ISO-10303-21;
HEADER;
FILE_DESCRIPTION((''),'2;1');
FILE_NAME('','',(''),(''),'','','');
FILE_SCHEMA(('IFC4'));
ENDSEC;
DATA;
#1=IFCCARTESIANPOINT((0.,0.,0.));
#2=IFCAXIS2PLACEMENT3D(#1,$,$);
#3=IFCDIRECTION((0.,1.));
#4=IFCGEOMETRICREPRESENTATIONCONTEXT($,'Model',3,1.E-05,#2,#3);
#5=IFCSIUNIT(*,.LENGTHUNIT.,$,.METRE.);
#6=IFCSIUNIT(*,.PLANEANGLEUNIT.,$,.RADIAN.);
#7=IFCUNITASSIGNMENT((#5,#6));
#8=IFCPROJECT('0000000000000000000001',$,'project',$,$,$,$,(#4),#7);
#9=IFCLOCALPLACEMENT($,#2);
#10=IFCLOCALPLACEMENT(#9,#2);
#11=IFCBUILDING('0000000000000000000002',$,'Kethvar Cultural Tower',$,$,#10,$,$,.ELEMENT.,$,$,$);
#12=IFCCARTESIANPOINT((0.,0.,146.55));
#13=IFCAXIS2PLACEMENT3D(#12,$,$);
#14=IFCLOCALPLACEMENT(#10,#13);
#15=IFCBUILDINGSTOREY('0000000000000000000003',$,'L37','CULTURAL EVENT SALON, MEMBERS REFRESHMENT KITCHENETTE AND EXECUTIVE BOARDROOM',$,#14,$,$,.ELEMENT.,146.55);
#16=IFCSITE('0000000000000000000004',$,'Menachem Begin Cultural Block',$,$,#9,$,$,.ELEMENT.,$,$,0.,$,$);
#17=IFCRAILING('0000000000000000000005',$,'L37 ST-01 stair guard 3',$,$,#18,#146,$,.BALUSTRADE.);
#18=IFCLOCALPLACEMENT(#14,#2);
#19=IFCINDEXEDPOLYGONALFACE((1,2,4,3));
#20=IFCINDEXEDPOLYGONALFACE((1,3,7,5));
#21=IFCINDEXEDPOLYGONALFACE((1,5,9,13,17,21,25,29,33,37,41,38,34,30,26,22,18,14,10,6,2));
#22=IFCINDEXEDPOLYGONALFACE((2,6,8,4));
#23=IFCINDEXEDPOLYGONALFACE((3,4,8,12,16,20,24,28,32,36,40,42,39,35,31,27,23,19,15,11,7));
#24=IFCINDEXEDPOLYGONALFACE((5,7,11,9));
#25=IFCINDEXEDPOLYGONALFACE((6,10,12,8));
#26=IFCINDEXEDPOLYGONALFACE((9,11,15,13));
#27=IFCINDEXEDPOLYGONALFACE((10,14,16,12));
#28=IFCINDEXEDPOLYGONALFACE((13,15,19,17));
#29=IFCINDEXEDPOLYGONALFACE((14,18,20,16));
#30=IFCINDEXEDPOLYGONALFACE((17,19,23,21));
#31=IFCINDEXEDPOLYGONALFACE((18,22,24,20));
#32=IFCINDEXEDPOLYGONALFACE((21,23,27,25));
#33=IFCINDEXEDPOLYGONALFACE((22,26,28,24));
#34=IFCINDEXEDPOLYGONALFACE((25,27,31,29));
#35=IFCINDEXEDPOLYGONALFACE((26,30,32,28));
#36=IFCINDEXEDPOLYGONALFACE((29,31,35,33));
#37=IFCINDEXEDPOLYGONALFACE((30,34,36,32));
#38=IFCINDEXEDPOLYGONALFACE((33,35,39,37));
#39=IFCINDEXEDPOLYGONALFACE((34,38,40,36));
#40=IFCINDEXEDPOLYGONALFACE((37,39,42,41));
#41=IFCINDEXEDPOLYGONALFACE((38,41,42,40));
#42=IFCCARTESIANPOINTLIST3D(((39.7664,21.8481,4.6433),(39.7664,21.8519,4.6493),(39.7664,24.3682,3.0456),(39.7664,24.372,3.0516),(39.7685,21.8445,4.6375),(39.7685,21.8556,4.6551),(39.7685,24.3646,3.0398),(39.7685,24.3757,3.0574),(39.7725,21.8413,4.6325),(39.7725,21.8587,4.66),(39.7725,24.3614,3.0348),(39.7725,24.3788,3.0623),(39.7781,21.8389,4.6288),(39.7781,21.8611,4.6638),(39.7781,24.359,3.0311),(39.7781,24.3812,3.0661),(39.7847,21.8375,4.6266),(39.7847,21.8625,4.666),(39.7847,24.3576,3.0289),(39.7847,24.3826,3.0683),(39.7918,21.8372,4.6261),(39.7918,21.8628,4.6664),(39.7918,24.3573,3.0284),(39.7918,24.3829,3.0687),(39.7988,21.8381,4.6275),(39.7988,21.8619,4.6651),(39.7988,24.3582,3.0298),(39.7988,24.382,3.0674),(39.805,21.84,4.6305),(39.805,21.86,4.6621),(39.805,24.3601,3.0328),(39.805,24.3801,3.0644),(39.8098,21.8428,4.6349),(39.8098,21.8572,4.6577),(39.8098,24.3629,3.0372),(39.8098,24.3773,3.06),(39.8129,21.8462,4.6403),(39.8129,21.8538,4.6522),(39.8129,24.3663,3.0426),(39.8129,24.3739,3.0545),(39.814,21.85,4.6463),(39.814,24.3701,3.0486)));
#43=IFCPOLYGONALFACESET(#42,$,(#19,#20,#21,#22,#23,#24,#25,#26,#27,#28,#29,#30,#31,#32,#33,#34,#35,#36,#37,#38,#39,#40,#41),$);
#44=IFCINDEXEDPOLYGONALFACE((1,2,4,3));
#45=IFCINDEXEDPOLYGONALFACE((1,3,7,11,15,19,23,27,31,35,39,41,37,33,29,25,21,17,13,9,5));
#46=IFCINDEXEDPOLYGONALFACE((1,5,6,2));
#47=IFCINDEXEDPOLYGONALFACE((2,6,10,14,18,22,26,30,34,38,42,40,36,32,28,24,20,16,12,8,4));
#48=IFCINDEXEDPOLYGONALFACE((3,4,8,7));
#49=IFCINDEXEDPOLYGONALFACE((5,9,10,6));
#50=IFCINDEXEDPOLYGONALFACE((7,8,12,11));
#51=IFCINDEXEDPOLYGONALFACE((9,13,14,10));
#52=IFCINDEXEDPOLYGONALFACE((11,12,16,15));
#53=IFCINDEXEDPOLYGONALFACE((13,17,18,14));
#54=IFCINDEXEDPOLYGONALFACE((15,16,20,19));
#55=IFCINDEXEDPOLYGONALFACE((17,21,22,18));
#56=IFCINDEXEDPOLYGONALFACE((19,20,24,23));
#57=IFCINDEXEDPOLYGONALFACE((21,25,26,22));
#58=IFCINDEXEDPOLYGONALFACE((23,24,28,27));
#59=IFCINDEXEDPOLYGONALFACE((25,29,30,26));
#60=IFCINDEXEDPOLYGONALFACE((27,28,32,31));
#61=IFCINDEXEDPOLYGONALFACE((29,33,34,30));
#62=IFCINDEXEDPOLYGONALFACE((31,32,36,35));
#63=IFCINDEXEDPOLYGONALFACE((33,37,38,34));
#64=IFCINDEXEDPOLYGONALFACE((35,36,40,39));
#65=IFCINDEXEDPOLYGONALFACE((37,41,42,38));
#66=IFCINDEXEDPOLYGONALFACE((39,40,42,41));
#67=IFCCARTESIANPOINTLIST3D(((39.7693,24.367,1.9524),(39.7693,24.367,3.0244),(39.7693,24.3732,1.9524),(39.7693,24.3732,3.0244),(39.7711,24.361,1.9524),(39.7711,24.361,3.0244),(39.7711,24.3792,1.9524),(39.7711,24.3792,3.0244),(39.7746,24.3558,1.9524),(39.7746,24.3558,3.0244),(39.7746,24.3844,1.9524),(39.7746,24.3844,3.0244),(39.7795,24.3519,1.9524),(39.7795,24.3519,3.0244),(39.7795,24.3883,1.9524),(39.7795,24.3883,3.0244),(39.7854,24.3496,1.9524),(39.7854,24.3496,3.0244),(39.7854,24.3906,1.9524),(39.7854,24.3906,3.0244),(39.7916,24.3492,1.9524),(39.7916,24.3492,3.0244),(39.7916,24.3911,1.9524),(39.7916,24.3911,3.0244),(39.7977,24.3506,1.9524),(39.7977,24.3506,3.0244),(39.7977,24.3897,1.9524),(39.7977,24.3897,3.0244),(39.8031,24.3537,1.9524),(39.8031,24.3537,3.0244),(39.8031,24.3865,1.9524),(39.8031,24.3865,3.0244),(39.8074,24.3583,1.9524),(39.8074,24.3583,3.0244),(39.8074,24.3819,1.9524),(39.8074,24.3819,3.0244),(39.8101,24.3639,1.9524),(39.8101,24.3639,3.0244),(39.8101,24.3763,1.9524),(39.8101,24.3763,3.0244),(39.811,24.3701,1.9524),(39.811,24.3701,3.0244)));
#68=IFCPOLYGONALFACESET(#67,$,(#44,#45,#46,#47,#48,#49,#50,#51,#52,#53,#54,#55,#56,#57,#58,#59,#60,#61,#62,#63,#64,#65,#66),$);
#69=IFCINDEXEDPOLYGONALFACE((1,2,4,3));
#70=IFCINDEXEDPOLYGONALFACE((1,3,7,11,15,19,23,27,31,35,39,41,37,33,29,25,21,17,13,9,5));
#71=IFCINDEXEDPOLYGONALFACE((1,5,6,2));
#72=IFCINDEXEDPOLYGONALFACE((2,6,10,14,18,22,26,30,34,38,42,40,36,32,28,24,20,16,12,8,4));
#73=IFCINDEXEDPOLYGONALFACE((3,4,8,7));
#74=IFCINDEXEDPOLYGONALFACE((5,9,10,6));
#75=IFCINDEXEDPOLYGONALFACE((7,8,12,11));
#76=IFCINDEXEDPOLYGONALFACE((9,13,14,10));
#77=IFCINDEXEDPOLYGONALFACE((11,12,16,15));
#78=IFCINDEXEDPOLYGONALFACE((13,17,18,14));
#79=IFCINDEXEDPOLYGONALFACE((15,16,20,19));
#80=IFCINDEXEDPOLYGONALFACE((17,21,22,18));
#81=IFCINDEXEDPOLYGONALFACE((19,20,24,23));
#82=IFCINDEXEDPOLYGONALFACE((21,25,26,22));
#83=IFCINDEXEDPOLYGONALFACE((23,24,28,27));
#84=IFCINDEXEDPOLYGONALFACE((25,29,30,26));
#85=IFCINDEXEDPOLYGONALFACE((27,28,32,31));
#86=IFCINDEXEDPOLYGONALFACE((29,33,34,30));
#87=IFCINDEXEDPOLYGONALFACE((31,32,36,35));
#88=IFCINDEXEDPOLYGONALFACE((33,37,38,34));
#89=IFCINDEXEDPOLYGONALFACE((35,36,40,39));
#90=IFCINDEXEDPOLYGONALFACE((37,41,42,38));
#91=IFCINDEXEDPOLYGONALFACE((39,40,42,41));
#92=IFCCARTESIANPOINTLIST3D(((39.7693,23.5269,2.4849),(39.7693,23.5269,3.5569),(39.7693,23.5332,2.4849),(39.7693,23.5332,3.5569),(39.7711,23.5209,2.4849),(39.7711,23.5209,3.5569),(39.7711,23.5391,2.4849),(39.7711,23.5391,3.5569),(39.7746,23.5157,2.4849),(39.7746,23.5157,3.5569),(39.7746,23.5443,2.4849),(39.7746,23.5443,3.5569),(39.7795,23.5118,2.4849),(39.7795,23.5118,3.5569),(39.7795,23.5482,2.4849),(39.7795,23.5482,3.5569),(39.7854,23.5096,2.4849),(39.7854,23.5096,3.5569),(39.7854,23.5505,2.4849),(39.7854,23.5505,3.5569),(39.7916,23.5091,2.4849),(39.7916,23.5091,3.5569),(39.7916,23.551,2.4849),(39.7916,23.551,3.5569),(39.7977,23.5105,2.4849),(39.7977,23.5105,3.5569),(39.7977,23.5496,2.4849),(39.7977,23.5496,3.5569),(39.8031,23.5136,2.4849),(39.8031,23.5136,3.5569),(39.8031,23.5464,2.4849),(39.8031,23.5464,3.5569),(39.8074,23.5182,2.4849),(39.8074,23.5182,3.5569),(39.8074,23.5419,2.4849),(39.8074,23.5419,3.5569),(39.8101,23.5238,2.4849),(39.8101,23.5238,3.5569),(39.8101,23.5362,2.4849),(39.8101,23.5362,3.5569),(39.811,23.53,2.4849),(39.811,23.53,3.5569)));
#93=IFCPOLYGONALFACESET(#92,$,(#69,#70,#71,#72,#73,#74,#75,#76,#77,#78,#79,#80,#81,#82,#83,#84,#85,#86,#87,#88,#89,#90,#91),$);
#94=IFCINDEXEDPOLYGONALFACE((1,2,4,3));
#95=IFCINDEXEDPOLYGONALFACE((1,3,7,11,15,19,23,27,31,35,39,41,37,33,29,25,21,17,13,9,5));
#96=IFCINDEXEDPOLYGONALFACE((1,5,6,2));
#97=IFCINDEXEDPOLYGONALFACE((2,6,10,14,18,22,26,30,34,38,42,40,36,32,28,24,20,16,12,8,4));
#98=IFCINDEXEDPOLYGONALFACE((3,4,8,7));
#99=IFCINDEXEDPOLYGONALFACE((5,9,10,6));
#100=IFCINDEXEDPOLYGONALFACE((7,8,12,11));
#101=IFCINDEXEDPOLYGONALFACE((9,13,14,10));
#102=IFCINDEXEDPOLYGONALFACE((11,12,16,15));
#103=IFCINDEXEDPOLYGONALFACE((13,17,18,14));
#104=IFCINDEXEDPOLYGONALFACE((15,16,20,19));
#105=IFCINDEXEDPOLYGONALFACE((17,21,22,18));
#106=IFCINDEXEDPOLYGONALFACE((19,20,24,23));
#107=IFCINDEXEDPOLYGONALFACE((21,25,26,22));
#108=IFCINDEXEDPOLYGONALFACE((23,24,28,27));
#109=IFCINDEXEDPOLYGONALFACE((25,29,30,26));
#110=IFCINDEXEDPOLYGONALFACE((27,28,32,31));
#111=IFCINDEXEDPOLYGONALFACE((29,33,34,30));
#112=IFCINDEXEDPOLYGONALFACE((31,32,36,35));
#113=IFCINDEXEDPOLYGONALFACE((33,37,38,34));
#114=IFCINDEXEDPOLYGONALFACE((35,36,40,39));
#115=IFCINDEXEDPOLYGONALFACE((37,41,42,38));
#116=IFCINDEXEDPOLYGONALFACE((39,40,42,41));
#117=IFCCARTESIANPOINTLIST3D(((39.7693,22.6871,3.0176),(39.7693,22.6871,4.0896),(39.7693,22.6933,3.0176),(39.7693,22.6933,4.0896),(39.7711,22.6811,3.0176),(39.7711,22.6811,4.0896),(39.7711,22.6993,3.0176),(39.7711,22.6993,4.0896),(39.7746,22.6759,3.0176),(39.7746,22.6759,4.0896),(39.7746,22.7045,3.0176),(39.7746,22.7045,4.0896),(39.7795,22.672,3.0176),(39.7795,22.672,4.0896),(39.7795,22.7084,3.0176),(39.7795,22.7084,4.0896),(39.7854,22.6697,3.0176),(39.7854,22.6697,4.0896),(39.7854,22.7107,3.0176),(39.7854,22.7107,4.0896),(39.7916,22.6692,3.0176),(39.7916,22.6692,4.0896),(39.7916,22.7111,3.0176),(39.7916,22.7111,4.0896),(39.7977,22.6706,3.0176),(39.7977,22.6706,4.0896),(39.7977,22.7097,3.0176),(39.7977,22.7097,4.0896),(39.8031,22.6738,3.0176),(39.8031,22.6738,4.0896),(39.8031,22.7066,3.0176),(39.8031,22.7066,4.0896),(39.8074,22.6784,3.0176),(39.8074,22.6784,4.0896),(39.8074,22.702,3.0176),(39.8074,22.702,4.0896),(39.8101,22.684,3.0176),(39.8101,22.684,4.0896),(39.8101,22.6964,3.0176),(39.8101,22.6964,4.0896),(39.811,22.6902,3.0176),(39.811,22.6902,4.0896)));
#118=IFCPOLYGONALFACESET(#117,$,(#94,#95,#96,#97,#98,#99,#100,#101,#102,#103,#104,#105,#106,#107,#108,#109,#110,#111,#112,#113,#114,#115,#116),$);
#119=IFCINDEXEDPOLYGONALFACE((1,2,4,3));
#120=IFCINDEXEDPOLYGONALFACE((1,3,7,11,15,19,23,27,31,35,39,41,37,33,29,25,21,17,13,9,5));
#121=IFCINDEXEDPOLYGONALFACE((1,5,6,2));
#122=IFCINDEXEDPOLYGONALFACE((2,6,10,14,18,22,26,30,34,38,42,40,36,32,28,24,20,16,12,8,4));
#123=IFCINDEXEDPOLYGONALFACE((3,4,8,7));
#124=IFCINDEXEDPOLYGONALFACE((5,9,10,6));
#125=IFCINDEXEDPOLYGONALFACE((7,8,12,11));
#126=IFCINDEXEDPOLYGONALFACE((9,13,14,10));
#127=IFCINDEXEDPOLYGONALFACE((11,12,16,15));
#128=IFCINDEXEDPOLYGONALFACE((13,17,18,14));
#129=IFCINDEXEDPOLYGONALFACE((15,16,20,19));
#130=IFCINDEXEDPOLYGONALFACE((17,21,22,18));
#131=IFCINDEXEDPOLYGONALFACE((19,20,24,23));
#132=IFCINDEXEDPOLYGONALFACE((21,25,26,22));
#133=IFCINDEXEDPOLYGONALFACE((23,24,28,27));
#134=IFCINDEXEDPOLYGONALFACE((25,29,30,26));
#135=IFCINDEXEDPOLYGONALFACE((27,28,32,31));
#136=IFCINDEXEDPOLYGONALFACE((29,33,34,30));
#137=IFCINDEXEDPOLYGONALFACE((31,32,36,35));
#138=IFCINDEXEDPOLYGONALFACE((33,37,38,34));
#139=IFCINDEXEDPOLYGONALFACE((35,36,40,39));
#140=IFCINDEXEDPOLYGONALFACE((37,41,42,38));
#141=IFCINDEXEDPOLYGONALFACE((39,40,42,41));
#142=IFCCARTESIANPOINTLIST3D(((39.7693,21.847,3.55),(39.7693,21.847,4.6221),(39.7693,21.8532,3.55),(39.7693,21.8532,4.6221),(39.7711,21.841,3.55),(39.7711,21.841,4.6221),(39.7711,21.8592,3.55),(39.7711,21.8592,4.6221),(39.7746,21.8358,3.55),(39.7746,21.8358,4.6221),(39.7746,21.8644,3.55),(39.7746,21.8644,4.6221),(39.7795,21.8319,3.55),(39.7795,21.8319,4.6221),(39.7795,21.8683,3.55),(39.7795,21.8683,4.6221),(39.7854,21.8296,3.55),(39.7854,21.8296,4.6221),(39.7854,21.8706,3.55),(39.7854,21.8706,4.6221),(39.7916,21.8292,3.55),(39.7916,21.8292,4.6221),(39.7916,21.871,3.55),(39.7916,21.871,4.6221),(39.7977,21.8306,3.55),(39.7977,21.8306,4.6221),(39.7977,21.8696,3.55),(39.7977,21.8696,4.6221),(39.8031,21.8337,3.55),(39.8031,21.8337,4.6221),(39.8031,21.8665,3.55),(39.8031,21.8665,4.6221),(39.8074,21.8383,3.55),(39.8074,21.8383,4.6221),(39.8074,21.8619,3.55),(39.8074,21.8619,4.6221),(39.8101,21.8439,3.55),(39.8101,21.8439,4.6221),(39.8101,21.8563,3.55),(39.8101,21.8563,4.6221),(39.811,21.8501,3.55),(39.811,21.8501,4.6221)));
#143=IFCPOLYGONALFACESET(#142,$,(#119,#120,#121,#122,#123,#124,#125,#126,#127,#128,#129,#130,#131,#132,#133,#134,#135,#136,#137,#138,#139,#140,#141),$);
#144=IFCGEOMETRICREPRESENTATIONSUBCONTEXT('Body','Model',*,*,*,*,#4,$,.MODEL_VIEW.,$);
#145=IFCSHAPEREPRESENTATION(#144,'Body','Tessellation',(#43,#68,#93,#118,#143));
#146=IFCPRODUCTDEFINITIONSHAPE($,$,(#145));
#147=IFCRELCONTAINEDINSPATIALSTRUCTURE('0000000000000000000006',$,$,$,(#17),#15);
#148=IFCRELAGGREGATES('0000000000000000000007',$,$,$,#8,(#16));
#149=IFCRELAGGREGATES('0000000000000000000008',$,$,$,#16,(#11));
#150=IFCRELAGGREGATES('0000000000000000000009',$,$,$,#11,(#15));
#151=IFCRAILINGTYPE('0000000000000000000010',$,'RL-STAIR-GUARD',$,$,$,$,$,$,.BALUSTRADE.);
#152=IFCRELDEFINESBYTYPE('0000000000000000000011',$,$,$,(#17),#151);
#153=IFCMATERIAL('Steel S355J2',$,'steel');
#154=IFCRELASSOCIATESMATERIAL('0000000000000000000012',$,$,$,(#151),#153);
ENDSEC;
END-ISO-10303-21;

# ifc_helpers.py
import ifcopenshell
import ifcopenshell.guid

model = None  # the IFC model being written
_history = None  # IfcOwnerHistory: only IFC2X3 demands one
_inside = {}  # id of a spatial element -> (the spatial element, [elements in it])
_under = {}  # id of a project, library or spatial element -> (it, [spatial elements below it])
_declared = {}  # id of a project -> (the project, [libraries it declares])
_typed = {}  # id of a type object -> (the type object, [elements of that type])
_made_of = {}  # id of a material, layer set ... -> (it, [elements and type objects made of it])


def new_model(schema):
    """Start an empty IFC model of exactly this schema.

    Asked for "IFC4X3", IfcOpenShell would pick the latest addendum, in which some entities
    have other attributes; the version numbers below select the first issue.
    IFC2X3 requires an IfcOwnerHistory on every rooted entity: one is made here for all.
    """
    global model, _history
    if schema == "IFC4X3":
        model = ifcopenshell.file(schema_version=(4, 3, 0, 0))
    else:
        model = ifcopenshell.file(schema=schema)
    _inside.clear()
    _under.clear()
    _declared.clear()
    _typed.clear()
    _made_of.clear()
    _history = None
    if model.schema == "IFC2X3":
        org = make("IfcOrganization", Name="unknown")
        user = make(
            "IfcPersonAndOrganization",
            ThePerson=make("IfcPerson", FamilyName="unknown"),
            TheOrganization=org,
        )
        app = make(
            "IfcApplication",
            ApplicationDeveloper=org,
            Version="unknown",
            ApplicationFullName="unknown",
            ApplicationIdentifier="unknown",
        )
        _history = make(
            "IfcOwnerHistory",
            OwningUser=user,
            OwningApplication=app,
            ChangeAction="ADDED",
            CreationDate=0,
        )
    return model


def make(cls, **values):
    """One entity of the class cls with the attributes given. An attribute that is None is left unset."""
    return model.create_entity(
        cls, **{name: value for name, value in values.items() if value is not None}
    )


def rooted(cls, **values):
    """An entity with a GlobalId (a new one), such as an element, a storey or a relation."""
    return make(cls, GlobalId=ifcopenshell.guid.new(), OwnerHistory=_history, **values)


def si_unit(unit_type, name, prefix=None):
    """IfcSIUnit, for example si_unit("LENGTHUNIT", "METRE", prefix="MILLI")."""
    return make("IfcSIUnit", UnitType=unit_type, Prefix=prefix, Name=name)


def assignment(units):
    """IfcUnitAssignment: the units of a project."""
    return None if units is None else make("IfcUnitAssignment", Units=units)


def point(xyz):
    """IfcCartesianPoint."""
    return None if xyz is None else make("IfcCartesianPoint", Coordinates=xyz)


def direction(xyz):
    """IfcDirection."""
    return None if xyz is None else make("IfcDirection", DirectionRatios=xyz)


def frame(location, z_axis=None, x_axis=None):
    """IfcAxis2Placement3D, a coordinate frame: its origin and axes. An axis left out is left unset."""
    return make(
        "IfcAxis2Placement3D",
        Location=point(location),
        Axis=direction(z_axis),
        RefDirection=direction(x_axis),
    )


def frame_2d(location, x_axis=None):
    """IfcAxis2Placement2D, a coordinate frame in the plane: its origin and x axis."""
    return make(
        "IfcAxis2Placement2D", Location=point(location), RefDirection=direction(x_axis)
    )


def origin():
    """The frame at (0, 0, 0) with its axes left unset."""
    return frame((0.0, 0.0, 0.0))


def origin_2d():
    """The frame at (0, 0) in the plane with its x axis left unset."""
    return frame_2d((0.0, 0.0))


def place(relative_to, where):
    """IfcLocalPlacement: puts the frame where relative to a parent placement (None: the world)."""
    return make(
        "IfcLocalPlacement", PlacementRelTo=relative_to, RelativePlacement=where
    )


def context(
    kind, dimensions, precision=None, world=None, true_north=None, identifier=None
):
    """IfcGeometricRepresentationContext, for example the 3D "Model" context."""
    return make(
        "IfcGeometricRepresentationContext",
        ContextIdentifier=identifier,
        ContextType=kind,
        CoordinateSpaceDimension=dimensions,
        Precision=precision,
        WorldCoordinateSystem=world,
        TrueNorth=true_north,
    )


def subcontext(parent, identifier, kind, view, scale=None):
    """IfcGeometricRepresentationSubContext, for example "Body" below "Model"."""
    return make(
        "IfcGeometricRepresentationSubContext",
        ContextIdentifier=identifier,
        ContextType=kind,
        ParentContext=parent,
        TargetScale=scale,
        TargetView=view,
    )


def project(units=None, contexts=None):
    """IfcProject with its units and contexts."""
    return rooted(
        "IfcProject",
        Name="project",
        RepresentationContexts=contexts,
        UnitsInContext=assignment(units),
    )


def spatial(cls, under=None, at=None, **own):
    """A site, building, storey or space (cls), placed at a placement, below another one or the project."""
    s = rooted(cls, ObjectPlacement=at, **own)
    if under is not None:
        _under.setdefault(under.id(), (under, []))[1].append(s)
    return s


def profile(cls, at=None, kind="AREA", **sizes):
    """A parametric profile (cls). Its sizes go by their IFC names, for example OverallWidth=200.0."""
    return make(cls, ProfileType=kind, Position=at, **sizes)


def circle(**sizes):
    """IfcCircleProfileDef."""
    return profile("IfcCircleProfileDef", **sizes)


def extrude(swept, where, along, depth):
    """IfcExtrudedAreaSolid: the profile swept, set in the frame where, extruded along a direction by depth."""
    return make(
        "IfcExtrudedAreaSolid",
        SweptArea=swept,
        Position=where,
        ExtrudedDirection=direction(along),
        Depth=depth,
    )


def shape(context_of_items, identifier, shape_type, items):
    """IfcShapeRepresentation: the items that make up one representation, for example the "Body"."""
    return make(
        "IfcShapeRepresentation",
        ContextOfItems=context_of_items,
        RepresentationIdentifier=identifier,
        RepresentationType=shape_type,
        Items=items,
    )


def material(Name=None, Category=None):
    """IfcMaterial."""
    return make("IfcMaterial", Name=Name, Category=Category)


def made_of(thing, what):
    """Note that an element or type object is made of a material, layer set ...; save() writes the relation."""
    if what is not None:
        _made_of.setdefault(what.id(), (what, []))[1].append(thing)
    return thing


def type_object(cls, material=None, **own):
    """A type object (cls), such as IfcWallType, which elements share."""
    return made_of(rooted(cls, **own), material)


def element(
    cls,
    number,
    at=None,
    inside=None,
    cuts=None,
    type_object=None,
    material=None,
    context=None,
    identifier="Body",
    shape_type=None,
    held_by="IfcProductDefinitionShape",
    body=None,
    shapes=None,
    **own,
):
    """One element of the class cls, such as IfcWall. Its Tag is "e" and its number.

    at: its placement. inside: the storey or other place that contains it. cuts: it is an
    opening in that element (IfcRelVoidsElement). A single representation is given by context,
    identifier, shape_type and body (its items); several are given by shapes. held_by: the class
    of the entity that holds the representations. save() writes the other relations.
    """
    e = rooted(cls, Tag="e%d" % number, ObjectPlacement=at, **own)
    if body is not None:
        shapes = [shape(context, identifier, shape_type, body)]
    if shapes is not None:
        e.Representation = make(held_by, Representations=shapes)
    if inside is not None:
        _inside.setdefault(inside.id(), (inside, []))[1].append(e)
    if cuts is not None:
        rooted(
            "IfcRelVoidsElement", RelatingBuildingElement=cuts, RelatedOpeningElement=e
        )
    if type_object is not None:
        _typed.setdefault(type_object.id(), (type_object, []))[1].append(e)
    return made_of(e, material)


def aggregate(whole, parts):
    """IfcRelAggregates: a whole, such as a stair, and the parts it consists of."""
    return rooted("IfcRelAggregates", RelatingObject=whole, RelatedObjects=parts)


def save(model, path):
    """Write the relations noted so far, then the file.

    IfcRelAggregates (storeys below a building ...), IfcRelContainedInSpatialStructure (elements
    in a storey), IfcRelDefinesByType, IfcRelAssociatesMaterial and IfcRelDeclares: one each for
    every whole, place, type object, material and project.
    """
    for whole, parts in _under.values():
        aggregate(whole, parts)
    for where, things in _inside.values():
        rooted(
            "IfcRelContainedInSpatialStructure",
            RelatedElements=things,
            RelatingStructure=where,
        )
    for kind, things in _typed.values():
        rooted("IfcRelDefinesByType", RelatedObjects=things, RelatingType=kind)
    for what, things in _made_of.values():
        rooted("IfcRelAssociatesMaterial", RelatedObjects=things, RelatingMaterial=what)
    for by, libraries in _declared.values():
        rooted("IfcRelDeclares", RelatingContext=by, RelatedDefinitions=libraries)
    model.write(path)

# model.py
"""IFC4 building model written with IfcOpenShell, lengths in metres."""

from ifc_helpers import new_model, si_unit, direction, frame, origin, origin_2d, place, context, subcontext, project, spatial, circle, extrude, material, type_object, element, save


model = new_model("IFC4")

# Units and contexts
model_context = context("Model", 3, precision=1e-05, world=origin(), true_north=direction((0.0, 1.0)))
body_context = subcontext(model_context, "Body", "Model", "MODEL_VIEW")
ifc_project = project(units=[si_unit("LENGTHUNIT", "METRE"), si_unit("PLANEANGLEUNIT", "RADIAN")], contexts=[model_context])

# Site, building, storey
site_placement = place(None, origin())
site = spatial("IfcSite", under=ifc_project, at=site_placement, Name="Menachem Begin Cultural Block", CompositionType="ELEMENT", RefElevation=0.0)
building_placement = place(site_placement, origin())
building = spatial("IfcBuilding", under=site, at=building_placement, Name="Kethvar Cultural Tower", CompositionType="ELEMENT")
storey_placement = place(building_placement, frame((0.0, 0.0, 146.55)))
storey = spatial("IfcBuildingStorey", under=building, at=storey_placement, Name="L37", Description="CULTURAL EVENT SALON, MEMBERS REFRESHMENT KITCHENETTE AND EXECUTIVE BOARDROOM", CompositionType="ELEMENT", Elevation=146.55)

# Shared definitions
ifc_material_1 = material(Name="Steel S355J2", Category="steel")

# Railing
railing_type_1 = type_object("IfcRailingType", Name="RL-STAIR-GUARD", PredefinedType="BALUSTRADE", material=ifc_material_1)
railing_1_placement = place(storey_placement, frame((39.79, 24.3701, 1.9524)))
element("IfcRailing", 1, at=railing_1_placement, inside=storey, type_object=railing_type_1, Name="L37 ST-01 stair guard 3", PredefinedType="BALUSTRADE", context=body_context, shape_type="SweptSolid", body=[
    extrude(circle(Radius=0.0239, at=origin_2d()), frame((0.0, 0.0, 1.0962), z_axis=(0.0, -0.84457, 0.535445), x_axis=(1.0, 0.0, 0.0)), (0.0, 0.0, 1.0), 2.9839),
    extrude(circle(Radius=0.021, at=origin_2d()), origin(), (0.0, 0.0, 1.0), 1.072),
    extrude(circle(Radius=0.021, at=origin_2d()), frame((0.0, -0.8401, 0.5325)), (0.0, 0.0, 1.0), 1.072),
    extrude(circle(Radius=0.021, at=origin_2d()), frame((0.0, -1.6799, 1.0652)), (0.0, 0.0, 1.0), 1.072),
    extrude(circle(Radius=0.021, at=origin_2d()), frame((0.0, -2.52, 1.5977)), (0.0, 0.0, 1.0), 1.072),
])

save(model, "model.ifc")
